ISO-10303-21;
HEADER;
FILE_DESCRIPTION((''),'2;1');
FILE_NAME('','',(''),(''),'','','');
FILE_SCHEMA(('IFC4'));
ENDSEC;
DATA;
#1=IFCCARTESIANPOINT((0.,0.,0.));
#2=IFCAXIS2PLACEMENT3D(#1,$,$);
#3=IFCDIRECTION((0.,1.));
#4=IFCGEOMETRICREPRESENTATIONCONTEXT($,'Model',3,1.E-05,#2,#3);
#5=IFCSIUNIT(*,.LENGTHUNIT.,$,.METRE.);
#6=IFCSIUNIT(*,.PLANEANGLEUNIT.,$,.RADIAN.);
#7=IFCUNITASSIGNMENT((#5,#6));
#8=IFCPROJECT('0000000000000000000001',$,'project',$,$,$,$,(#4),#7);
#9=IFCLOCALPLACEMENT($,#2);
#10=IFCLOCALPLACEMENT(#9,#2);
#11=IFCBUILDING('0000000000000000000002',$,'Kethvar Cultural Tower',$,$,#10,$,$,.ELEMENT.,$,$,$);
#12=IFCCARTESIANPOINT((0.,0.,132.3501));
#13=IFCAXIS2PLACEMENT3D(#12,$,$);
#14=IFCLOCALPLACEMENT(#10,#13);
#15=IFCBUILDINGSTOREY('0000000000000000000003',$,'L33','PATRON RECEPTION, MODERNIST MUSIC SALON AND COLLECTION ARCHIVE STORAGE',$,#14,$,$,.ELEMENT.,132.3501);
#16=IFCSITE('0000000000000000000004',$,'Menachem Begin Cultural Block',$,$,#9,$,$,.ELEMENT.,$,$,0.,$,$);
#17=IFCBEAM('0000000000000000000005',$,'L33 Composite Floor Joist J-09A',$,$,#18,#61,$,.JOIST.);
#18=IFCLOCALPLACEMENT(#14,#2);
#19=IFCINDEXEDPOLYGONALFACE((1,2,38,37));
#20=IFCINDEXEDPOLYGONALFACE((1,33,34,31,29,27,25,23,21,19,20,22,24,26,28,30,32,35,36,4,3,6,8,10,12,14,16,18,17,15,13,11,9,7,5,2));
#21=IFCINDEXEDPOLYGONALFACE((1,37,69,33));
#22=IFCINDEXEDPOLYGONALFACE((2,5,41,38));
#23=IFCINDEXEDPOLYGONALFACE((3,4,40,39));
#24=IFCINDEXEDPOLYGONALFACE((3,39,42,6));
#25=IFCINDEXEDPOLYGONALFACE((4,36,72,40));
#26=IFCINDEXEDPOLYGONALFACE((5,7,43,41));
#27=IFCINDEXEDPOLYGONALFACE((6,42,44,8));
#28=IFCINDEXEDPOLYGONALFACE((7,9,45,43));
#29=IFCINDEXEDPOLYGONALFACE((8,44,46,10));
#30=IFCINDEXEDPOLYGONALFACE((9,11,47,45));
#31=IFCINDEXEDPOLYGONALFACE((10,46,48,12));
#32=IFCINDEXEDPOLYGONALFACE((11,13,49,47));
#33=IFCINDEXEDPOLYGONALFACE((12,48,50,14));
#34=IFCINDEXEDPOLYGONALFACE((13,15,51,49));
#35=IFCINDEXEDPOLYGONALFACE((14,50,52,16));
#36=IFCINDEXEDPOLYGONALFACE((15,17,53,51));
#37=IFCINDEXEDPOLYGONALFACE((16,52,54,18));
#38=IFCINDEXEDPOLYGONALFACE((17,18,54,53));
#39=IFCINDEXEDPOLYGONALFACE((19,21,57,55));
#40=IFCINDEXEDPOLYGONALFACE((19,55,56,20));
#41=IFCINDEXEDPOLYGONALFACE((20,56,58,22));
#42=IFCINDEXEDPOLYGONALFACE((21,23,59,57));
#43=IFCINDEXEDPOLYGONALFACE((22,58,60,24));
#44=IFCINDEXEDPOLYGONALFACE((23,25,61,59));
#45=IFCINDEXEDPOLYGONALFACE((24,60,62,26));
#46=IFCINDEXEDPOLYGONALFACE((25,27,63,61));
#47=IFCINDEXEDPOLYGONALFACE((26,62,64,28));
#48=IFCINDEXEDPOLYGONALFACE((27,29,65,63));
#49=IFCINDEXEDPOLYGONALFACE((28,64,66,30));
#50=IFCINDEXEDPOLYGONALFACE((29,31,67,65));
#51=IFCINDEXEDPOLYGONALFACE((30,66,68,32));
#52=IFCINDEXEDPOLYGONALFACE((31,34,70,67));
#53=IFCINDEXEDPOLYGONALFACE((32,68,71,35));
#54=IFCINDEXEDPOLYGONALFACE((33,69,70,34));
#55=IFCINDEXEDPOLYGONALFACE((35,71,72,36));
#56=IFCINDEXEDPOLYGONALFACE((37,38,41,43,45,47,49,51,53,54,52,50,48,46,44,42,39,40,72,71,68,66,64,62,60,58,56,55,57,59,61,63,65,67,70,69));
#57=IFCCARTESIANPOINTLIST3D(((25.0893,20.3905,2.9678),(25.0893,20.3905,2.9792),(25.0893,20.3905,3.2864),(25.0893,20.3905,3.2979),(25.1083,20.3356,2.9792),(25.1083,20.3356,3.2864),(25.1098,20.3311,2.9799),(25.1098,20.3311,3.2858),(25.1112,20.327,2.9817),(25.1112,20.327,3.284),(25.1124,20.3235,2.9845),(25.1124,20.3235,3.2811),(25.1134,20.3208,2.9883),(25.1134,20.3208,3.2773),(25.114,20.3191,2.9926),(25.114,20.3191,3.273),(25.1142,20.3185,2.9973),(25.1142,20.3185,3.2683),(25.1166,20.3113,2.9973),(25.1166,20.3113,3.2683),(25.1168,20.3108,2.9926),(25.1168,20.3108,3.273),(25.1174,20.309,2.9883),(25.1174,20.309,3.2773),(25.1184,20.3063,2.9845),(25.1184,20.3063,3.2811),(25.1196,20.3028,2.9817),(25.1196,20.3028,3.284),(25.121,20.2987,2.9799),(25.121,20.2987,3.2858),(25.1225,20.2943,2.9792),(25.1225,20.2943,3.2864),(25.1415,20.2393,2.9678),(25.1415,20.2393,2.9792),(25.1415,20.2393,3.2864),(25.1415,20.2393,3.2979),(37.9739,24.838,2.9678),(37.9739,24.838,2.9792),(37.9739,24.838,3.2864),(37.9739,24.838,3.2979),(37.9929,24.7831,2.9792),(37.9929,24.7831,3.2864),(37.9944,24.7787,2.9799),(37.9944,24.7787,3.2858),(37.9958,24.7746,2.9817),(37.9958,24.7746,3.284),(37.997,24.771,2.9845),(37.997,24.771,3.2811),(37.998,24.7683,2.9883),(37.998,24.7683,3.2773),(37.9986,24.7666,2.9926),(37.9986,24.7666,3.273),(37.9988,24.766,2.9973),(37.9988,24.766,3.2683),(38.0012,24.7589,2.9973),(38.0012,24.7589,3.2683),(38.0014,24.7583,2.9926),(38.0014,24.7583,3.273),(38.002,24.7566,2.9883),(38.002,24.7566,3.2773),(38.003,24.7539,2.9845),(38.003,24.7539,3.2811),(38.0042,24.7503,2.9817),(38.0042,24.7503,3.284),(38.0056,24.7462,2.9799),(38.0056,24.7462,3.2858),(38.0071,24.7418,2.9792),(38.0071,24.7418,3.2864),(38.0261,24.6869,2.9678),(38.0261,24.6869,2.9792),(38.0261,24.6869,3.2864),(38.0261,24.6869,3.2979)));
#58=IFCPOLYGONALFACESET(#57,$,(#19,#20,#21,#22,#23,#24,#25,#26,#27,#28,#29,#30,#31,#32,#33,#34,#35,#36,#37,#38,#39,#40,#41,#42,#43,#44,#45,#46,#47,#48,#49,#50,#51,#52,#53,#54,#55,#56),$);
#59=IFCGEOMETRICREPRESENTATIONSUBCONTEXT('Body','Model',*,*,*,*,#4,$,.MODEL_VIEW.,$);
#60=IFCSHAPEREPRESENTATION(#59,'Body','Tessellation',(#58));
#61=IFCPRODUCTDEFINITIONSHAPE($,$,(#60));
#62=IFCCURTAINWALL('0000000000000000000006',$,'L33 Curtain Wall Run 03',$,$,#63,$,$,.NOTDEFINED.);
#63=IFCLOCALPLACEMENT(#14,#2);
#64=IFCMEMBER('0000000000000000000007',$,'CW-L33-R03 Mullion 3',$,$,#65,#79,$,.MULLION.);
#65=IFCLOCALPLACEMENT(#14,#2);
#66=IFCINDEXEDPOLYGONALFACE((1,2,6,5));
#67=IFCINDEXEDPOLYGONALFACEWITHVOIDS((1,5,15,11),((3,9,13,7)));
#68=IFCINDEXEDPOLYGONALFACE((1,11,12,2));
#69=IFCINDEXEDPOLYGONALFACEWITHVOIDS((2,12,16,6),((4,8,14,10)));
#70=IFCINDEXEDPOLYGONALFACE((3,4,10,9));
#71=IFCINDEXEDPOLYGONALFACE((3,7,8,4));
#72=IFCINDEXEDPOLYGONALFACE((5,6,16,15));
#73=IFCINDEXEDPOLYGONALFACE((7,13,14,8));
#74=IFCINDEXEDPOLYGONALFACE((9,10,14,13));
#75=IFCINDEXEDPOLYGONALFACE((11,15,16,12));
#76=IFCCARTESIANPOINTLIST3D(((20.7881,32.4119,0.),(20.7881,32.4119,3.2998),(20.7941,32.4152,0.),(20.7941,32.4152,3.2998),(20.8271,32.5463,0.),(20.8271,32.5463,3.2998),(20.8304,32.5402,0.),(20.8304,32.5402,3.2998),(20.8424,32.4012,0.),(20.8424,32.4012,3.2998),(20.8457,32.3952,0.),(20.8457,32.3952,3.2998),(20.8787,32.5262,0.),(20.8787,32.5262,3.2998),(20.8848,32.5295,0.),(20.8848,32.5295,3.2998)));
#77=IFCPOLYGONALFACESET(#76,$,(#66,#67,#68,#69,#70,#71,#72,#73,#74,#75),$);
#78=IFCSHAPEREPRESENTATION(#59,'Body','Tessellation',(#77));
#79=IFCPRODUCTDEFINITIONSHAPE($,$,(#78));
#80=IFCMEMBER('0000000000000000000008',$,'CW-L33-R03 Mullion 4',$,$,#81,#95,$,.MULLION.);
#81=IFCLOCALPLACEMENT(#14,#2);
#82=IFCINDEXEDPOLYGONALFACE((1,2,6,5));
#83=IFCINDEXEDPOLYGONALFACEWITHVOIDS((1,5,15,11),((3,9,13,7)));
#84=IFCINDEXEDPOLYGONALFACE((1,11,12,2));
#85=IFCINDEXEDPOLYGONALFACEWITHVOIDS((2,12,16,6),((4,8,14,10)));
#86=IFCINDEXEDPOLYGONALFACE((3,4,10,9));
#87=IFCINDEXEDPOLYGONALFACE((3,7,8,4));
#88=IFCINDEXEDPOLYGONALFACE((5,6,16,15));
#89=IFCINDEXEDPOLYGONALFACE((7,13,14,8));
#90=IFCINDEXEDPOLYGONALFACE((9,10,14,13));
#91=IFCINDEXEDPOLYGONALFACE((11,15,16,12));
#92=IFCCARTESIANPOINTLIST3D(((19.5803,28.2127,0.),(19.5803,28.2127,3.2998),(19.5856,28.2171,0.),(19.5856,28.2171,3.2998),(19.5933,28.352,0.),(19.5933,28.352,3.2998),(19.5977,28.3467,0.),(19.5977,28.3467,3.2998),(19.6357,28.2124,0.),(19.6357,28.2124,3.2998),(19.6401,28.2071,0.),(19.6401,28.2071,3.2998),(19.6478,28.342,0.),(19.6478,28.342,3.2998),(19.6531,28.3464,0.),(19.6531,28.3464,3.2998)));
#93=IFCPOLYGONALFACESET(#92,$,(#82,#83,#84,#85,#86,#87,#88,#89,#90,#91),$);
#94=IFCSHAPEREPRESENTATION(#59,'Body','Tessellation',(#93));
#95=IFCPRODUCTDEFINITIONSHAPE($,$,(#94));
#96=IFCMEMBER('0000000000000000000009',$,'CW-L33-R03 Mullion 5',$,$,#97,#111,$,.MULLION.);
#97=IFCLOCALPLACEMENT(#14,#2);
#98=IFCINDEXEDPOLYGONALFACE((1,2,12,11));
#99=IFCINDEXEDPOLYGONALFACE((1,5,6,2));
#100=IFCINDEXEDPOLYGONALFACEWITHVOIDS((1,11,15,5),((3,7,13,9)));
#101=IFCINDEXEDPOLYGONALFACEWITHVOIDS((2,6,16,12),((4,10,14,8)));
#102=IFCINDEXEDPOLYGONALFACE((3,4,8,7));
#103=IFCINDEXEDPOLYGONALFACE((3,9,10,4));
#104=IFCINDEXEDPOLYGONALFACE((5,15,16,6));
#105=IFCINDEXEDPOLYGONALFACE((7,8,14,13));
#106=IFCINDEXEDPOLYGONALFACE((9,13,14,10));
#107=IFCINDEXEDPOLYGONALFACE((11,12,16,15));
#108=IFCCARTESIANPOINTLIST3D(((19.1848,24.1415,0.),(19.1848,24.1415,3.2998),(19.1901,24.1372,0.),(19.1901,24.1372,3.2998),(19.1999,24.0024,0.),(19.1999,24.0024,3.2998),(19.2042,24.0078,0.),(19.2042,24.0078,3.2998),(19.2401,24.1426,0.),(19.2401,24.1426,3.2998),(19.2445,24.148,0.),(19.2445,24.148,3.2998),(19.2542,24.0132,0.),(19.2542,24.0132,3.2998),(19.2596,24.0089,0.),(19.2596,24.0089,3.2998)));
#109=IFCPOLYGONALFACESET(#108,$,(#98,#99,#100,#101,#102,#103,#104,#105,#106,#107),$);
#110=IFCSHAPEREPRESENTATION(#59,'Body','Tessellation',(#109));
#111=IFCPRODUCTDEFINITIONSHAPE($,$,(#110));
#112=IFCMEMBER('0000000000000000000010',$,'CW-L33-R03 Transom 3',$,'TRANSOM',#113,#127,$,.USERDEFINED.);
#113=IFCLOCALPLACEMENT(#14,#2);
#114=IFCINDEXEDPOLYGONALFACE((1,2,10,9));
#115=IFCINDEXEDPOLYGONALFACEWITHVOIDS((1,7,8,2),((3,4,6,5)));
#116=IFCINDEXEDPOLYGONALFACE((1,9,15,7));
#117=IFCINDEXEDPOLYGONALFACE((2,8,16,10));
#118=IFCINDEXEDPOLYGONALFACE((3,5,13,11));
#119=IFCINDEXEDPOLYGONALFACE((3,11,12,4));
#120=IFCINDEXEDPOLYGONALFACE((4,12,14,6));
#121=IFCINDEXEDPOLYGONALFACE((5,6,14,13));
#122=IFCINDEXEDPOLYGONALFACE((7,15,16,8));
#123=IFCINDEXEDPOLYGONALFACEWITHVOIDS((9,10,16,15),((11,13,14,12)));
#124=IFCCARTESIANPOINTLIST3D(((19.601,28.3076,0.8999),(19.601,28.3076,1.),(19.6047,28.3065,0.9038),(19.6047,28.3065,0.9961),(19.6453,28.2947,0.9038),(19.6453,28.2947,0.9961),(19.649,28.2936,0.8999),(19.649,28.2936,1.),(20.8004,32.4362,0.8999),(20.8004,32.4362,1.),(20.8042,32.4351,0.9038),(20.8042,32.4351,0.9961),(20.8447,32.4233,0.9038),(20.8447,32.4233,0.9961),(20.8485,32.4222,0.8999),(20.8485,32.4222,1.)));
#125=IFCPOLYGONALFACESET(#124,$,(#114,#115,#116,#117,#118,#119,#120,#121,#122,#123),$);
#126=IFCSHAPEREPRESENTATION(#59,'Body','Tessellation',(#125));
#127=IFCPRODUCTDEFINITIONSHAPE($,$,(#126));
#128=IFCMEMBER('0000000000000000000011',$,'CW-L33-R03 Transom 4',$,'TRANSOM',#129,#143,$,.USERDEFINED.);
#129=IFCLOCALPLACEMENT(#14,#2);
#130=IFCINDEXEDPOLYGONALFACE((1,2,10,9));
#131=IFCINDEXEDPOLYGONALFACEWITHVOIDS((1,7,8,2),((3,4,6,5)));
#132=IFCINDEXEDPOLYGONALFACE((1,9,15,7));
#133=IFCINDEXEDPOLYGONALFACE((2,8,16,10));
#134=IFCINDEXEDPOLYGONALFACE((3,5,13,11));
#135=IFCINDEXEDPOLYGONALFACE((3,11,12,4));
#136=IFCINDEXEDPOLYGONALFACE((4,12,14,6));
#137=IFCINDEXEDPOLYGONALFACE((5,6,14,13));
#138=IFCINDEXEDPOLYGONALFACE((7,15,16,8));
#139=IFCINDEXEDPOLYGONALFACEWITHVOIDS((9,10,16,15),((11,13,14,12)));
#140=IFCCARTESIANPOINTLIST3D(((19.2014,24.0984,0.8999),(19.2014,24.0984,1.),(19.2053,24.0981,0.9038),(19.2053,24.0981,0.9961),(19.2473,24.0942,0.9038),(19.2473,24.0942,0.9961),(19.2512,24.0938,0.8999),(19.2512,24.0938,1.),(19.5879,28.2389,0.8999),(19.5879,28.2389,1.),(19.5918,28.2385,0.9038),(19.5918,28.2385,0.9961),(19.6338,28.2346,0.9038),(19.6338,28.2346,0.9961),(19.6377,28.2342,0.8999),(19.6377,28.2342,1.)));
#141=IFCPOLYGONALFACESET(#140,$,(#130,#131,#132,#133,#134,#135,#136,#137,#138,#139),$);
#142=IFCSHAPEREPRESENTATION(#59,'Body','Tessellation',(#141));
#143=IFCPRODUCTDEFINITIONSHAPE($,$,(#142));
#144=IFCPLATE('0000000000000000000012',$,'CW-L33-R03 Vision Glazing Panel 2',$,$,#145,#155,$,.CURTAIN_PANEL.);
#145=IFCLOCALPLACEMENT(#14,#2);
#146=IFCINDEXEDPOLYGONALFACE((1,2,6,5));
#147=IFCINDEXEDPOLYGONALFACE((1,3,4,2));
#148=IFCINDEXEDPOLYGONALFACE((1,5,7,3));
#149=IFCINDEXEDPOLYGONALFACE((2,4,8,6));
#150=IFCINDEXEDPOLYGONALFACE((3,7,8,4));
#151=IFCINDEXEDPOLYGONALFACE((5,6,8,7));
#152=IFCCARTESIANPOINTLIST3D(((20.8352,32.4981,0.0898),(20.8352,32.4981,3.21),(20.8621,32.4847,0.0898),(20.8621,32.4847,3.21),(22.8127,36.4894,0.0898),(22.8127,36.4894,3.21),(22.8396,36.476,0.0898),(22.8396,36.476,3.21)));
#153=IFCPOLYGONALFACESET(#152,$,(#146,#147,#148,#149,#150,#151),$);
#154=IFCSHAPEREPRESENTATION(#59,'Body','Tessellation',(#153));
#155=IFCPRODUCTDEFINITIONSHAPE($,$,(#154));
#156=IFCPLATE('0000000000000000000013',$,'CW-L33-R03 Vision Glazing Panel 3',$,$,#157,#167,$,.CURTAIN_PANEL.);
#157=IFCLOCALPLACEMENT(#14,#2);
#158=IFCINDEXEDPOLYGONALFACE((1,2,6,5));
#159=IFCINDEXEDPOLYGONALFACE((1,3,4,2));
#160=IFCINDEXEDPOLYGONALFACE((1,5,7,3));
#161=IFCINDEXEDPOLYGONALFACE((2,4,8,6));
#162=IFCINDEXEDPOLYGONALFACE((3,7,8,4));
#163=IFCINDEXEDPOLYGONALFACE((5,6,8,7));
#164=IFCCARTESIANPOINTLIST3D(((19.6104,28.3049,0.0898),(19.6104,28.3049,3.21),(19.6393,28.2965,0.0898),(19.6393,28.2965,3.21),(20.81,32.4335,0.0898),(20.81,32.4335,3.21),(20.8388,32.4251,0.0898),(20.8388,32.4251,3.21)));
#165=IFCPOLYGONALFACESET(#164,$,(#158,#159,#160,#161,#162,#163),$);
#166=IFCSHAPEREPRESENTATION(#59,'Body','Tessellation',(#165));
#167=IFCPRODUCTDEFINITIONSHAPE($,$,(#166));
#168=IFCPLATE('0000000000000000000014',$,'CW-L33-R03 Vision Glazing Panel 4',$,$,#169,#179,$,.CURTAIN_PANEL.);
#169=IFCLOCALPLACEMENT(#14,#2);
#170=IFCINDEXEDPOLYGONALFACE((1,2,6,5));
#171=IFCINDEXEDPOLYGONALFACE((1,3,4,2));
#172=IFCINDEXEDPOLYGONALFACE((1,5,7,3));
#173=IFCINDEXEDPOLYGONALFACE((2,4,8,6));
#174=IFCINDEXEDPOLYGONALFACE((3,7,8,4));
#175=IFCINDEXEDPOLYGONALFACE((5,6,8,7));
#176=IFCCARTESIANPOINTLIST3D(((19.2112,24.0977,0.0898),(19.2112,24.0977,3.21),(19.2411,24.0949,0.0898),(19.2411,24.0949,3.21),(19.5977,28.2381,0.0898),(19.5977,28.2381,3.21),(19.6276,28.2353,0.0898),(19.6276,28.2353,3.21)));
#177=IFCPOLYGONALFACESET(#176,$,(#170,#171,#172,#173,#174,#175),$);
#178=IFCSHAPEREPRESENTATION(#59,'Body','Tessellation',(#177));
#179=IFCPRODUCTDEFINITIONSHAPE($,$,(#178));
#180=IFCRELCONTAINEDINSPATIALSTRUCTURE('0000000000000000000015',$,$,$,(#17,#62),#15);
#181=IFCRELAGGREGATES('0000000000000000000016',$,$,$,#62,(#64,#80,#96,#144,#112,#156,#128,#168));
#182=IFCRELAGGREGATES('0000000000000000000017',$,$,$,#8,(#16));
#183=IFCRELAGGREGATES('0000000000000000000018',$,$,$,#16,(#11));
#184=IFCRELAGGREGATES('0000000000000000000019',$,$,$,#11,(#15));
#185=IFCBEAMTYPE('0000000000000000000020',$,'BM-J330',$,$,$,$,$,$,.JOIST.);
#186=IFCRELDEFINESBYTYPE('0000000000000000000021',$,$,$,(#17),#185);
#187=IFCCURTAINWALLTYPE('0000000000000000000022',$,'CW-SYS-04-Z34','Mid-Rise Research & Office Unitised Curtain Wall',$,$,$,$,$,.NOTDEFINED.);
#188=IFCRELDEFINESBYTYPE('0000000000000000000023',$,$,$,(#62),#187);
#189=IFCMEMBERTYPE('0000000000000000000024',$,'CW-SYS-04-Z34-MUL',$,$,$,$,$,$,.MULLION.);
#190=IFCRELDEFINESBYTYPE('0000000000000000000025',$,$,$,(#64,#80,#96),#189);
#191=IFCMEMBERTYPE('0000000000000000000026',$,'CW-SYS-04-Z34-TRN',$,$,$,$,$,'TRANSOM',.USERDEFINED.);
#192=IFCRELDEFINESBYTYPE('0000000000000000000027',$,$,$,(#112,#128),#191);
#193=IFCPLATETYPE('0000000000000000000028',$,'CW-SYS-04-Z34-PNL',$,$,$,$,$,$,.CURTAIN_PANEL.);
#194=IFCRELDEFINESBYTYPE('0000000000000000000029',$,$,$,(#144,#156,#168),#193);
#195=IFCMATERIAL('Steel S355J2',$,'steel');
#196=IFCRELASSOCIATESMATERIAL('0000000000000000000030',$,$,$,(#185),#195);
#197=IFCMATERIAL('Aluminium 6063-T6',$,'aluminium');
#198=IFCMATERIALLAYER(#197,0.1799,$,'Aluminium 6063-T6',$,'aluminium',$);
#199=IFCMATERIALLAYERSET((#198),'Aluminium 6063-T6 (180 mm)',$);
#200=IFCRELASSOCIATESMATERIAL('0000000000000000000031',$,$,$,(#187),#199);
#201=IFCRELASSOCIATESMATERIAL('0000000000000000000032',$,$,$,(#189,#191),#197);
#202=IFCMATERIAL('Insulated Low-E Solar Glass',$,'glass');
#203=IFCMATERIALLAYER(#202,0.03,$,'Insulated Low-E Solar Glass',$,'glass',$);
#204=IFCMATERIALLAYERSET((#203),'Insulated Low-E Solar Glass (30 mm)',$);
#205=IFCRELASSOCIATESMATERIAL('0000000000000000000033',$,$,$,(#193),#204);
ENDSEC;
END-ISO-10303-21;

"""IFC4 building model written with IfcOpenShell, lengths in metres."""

from ifc_helpers import new_model, si_unit, direction, frame, origin, origin_2d, place, context, subcontext, project, spatial, rectangle, hollow_rectangle, i_section, extrude, source, transform, mapped, material, layer, layer_set, material_profile, profile_set, type_object, element, aggregate, save


model = new_model("IFC4")

# Units and contexts
model_context = context("Model", 3, precision=1e-05, world=origin(), true_north=direction((0.0, 1.0)))
body_context = subcontext(model_context, "Body", "Model", "MODEL_VIEW")
ifc_project = project(units=[si_unit("LENGTHUNIT", "METRE"), si_unit("PLANEANGLEUNIT", "RADIAN")], contexts=[model_context])

# Site, building, storey
site_placement = place(None, origin())
site = spatial("IfcSite", under=ifc_project, at=site_placement, Name="Menachem Begin Cultural Block", CompositionType="ELEMENT", RefElevation=0.0)
building_placement = place(site_placement, origin())
building = spatial("IfcBuilding", under=site, at=building_placement, Name="Kethvar Cultural Tower", CompositionType="ELEMENT")
storey_placement = place(building_placement, frame((0.0, 0.0, 132.3501)))
storey = spatial("IfcBuildingStorey", under=building, at=storey_placement, Name="L33", Description="PATRON RECEPTION, MODERNIST MUSIC SALON AND COLLECTION ARCHIVE STORAGE", CompositionType="ELEMENT", Elevation=132.3501)

# Beam
ifc_material_1 = material(Name="Steel S355J2", Category="steel")
ifc_material_profile_1 = material_profile(ifc_material_1, i_section(OverallWidth=0.1599, OverallDepth=0.3301, WebThickness=0.0076, FlangeThickness=0.0115, FilletRadius=0.0181, at=origin_2d()), Name="Steel S355J2 — IPE330")
ifc_profile_set_1 = profile_set([ifc_material_profile_1], Name="Steel S355J2 — IPE330")
beam_type_1 = type_object("IfcBeamType", Name="BM-J330", PredefinedType="JOIST", material=ifc_profile_set_1)
shared_shape_1 = source(origin(), body_context, "Body", "SweptSolid", [
    extrude(i_section(OverallWidth=0.1599, OverallDepth=0.3301, WebThickness=0.0076, FlangeThickness=0.0115, FilletRadius=0.0181, at=origin_2d()), origin(), (0.0, 0.0, 1.0), 13.6306),
])
beam_1_placement = place(storey_placement, frame((38.0, 24.7625, 3.1328), z_axis=(-0.94527, -0.32629, 0.0), x_axis=(0.32629, -0.94527, 0.0)))
element("IfcBeam", 1, at=beam_1_placement, inside=storey, type_object=beam_type_1, Name="L33 Composite Floor Joist J-09A", PredefinedType="JOIST", context=body_context, shape_type="MappedRepresentation", body=[
    mapped(shared_shape_1, transform((0.0, 0.0, 0.0), scale=1.0)),
])

# Curtain wall, members, plates
ifc_material_2 = material(Name="Aluminium 6063-T6", Category="aluminium")
ifc_layer_1 = layer(ifc_material_2, 0.1799, Name="Aluminium 6063-T6", Category="aluminium")
ifc_layer_set_1 = layer_set([ifc_layer_1], Name="Aluminium 6063-T6 (180 mm)")
curtain_wall_type = type_object("IfcCurtainWallType", Name="CW-SYS-04-Z34", Description="Mid-Rise Research & Office Unitised Curtain Wall", PredefinedType="NOTDEFINED", material=ifc_layer_set_1)
curtain_wall_placement = place(storey_placement, origin())
curtain_wall = element("IfcCurtainWall", 2, at=curtain_wall_placement, inside=storey, type_object=curtain_wall_type, Name="L33 Curtain Wall Run 03", PredefinedType="NOTDEFINED")
ifc_material_profile_2 = material_profile(ifc_material_2, hollow_rectangle(XDim=0.0601, YDim=0.1399, WallThickness=0.0049, at=origin_2d()), Name="Aluminium 6063-T6 — RHS140x60x5")
ifc_profile_set_2 = profile_set([ifc_material_profile_2], Name="Aluminium 6063-T6 — RHS140x60x5")
member_type_1 = type_object("IfcMemberType", Name="CW-SYS-04-Z34-MUL", PredefinedType="MULLION", material=ifc_profile_set_2)
shared_shape_2 = source(origin(), body_context, "Body", "SweptSolid", [
    extrude(hollow_rectangle(XDim=0.0601, YDim=0.1399, WallThickness=0.0049, at=origin_2d()), origin(), (0.0, 0.0, 1.0), 3.2998),
])
member_1_placement = place(storey_placement, frame((20.8364, 32.4707, 0.0), z_axis=(0.0, 0.0, 1.0), x_axis=(0.960289, -0.279008, 0.0)))
member_1 = element("IfcMember", 3, at=member_1_placement, type_object=member_type_1, Name="CW-L33-R03 Mullion 3", PredefinedType="MULLION", context=body_context, shape_type="MappedRepresentation", body=[
    mapped(shared_shape_2, transform((0.0, 0.0, 0.0), scale=1.0)),
])
member_2_placement = place(storey_placement, frame((19.6167, 28.2795, 0.0), z_axis=(0.0, 0.0, 1.0), x_axis=(0.995671, -0.092944, 0.0)))
member_2 = element("IfcMember", 4, at=member_2_placement, type_object=member_type_1, Name="CW-L33-R03 Mullion 4", PredefinedType="MULLION", context=body_context, shape_type="MappedRepresentation", body=[
    mapped(shared_shape_2, transform((0.0, 0.0, 0.0), scale=1.0)),
])
member_3_placement = place(storey_placement, frame((19.2222, 24.0752, 0.0), z_axis=(0.0, 0.0, 1.0), x_axis=(0.994151, 0.107999, 0.0)))
member_3 = element("IfcMember", 5, at=member_3_placement, type_object=member_type_1, Name="CW-L33-R03 Mullion 5", PredefinedType="MULLION", context=body_context, shape_type="MappedRepresentation", body=[
    mapped(shared_shape_2, transform((0.0, 0.0, 0.0), scale=1.0)),
])
ifc_material_profile_3 = material_profile(ifc_material_2, hollow_rectangle(XDim=0.05, YDim=0.1001, WallThickness=0.0039, at=origin_2d()), Name="Aluminium 6063-T6 — RHS100x50x4")
ifc_profile_set_3 = profile_set([ifc_material_profile_3], Name="Aluminium 6063-T6 — RHS100x50x4")
member_type_2 = type_object("IfcMemberType", Name="CW-SYS-04-Z34-TRN", ElementType="TRANSOM", PredefinedType="USERDEFINED", material=ifc_profile_set_3)
shared_shape_3 = source(origin(), body_context, "Body", "SweptSolid", [
    extrude(hollow_rectangle(XDim=0.05, YDim=0.1001, WallThickness=0.0039, at=origin_2d()), origin(), (0.0, 0.0, 1.0), 4.2993),
])
member_4_placement = place(storey_placement, frame((20.8245, 32.4292, 0.95), z_axis=(-0.278986, -0.960295, 0.0), x_axis=(0.960295, -0.278986, 0.0)))
member_4 = element("IfcMember", 6, at=member_4_placement, type_object=member_type_2, Name="CW-L33-R03 Transom 3", ObjectType="TRANSOM", PredefinedType="USERDEFINED", context=body_context, shape_type="MappedRepresentation", body=[
    mapped(shared_shape_3, transform((0.0, 0.0, 0.0), scale=1.0)),
])
shared_shape_4 = source(origin(), body_context, "Body", "SweptSolid", [
    extrude(hollow_rectangle(XDim=0.05, YDim=0.1001, WallThickness=0.0039, at=origin_2d()), origin(), (0.0, 0.0, 1.0), 4.1584),
])
member_5_placement = place(storey_placement, frame((19.6128, 28.2366, 0.95), z_axis=(-0.092939, -0.995672, 0.0), x_axis=(0.995672, -0.092939, 0.0)))
member_5 = element("IfcMember", 7, at=member_5_placement, type_object=member_type_2, Name="CW-L33-R03 Transom 4", ObjectType="TRANSOM", PredefinedType="USERDEFINED", context=body_context, shape_type="MappedRepresentation", body=[
    mapped(shared_shape_4, transform((0.0, 0.0, 0.0), scale=1.0)),
])
ifc_material_3 = material(Name="Insulated Low-E Solar Glass", Category="glass")
ifc_layer_2 = layer(ifc_material_3, 0.03, Name="Insulated Low-E Solar Glass", Category="glass")
ifc_layer_set_2 = layer_set([ifc_layer_2], Name="Insulated Low-E Solar Glass (30 mm)")
plate_type = type_object("IfcPlateType", Name="CW-SYS-04-Z34-PNL", PredefinedType="CURTAIN_PANEL", material=ifc_layer_set_2)
shared_shape_5 = source(origin(), body_context, "Body", "SweptSolid", [
    extrude(rectangle(XDim=4.4543, YDim=0.03, at=origin_2d()), origin(), (0.0, 0.0, 1.0), 3.1201),
])
plate_1_placement = place(storey_placement, frame((21.8374, 34.4871, 0.0898), z_axis=(0.0, 0.0, 1.0), x_axis=(-0.443963, -0.896045, 0.0)))
plate_1 = element("IfcPlate", 8, at=plate_1_placement, type_object=plate_type, Name="CW-L33-R03 Vision Glazing Panel 2", PredefinedType="CURTAIN_PANEL", context=body_context, shape_type="MappedRepresentation", body=[
    mapped(shared_shape_5, transform((0.0, 0.0, 0.0), scale=1.0)),
])
shared_shape_6 = source(origin(), body_context, "Body", "SweptSolid", [
    extrude(rectangle(XDim=4.2993, YDim=0.03, at=origin_2d()), origin(), (0.0, 0.0, 1.0), 3.1201),
])
plate_2_placement = place(storey_placement, frame((20.2246, 30.365, 0.0898), z_axis=(0.0, 0.0, 1.0), x_axis=(-0.279008, -0.960289, 0.0)))
plate_2 = element("IfcPlate", 9, at=plate_2_placement, type_object=plate_type, Name="CW-L33-R03 Vision Glazing Panel 3", PredefinedType="CURTAIN_PANEL", context=body_context, shape_type="MappedRepresentation", body=[
    mapped(shared_shape_6, transform((0.0, 0.0, 0.0), scale=1.0)),
])
shared_shape_7 = source(origin(), body_context, "Body", "SweptSolid", [
    extrude(rectangle(XDim=4.1584, YDim=0.03, at=origin_2d()), origin(), (0.0, 0.0, 1.0), 3.1201),
])
plate_3_placement = place(storey_placement, frame((19.4194, 26.1665, 0.0898), z_axis=(0.0, 0.0, 1.0), x_axis=(-0.092944, -0.995671, 0.0)))
plate_3 = element("IfcPlate", 10, at=plate_3_placement, type_object=plate_type, Name="CW-L33-R03 Vision Glazing Panel 4", PredefinedType="CURTAIN_PANEL", context=body_context, shape_type="MappedRepresentation", body=[
    mapped(shared_shape_7, transform((0.0, 0.0, 0.0), scale=1.0)),
])
aggregate(curtain_wall, [member_1, member_2, member_3, plate_1, member_4, plate_2, member_5, plate_3])

save(model, "model.ifc")
